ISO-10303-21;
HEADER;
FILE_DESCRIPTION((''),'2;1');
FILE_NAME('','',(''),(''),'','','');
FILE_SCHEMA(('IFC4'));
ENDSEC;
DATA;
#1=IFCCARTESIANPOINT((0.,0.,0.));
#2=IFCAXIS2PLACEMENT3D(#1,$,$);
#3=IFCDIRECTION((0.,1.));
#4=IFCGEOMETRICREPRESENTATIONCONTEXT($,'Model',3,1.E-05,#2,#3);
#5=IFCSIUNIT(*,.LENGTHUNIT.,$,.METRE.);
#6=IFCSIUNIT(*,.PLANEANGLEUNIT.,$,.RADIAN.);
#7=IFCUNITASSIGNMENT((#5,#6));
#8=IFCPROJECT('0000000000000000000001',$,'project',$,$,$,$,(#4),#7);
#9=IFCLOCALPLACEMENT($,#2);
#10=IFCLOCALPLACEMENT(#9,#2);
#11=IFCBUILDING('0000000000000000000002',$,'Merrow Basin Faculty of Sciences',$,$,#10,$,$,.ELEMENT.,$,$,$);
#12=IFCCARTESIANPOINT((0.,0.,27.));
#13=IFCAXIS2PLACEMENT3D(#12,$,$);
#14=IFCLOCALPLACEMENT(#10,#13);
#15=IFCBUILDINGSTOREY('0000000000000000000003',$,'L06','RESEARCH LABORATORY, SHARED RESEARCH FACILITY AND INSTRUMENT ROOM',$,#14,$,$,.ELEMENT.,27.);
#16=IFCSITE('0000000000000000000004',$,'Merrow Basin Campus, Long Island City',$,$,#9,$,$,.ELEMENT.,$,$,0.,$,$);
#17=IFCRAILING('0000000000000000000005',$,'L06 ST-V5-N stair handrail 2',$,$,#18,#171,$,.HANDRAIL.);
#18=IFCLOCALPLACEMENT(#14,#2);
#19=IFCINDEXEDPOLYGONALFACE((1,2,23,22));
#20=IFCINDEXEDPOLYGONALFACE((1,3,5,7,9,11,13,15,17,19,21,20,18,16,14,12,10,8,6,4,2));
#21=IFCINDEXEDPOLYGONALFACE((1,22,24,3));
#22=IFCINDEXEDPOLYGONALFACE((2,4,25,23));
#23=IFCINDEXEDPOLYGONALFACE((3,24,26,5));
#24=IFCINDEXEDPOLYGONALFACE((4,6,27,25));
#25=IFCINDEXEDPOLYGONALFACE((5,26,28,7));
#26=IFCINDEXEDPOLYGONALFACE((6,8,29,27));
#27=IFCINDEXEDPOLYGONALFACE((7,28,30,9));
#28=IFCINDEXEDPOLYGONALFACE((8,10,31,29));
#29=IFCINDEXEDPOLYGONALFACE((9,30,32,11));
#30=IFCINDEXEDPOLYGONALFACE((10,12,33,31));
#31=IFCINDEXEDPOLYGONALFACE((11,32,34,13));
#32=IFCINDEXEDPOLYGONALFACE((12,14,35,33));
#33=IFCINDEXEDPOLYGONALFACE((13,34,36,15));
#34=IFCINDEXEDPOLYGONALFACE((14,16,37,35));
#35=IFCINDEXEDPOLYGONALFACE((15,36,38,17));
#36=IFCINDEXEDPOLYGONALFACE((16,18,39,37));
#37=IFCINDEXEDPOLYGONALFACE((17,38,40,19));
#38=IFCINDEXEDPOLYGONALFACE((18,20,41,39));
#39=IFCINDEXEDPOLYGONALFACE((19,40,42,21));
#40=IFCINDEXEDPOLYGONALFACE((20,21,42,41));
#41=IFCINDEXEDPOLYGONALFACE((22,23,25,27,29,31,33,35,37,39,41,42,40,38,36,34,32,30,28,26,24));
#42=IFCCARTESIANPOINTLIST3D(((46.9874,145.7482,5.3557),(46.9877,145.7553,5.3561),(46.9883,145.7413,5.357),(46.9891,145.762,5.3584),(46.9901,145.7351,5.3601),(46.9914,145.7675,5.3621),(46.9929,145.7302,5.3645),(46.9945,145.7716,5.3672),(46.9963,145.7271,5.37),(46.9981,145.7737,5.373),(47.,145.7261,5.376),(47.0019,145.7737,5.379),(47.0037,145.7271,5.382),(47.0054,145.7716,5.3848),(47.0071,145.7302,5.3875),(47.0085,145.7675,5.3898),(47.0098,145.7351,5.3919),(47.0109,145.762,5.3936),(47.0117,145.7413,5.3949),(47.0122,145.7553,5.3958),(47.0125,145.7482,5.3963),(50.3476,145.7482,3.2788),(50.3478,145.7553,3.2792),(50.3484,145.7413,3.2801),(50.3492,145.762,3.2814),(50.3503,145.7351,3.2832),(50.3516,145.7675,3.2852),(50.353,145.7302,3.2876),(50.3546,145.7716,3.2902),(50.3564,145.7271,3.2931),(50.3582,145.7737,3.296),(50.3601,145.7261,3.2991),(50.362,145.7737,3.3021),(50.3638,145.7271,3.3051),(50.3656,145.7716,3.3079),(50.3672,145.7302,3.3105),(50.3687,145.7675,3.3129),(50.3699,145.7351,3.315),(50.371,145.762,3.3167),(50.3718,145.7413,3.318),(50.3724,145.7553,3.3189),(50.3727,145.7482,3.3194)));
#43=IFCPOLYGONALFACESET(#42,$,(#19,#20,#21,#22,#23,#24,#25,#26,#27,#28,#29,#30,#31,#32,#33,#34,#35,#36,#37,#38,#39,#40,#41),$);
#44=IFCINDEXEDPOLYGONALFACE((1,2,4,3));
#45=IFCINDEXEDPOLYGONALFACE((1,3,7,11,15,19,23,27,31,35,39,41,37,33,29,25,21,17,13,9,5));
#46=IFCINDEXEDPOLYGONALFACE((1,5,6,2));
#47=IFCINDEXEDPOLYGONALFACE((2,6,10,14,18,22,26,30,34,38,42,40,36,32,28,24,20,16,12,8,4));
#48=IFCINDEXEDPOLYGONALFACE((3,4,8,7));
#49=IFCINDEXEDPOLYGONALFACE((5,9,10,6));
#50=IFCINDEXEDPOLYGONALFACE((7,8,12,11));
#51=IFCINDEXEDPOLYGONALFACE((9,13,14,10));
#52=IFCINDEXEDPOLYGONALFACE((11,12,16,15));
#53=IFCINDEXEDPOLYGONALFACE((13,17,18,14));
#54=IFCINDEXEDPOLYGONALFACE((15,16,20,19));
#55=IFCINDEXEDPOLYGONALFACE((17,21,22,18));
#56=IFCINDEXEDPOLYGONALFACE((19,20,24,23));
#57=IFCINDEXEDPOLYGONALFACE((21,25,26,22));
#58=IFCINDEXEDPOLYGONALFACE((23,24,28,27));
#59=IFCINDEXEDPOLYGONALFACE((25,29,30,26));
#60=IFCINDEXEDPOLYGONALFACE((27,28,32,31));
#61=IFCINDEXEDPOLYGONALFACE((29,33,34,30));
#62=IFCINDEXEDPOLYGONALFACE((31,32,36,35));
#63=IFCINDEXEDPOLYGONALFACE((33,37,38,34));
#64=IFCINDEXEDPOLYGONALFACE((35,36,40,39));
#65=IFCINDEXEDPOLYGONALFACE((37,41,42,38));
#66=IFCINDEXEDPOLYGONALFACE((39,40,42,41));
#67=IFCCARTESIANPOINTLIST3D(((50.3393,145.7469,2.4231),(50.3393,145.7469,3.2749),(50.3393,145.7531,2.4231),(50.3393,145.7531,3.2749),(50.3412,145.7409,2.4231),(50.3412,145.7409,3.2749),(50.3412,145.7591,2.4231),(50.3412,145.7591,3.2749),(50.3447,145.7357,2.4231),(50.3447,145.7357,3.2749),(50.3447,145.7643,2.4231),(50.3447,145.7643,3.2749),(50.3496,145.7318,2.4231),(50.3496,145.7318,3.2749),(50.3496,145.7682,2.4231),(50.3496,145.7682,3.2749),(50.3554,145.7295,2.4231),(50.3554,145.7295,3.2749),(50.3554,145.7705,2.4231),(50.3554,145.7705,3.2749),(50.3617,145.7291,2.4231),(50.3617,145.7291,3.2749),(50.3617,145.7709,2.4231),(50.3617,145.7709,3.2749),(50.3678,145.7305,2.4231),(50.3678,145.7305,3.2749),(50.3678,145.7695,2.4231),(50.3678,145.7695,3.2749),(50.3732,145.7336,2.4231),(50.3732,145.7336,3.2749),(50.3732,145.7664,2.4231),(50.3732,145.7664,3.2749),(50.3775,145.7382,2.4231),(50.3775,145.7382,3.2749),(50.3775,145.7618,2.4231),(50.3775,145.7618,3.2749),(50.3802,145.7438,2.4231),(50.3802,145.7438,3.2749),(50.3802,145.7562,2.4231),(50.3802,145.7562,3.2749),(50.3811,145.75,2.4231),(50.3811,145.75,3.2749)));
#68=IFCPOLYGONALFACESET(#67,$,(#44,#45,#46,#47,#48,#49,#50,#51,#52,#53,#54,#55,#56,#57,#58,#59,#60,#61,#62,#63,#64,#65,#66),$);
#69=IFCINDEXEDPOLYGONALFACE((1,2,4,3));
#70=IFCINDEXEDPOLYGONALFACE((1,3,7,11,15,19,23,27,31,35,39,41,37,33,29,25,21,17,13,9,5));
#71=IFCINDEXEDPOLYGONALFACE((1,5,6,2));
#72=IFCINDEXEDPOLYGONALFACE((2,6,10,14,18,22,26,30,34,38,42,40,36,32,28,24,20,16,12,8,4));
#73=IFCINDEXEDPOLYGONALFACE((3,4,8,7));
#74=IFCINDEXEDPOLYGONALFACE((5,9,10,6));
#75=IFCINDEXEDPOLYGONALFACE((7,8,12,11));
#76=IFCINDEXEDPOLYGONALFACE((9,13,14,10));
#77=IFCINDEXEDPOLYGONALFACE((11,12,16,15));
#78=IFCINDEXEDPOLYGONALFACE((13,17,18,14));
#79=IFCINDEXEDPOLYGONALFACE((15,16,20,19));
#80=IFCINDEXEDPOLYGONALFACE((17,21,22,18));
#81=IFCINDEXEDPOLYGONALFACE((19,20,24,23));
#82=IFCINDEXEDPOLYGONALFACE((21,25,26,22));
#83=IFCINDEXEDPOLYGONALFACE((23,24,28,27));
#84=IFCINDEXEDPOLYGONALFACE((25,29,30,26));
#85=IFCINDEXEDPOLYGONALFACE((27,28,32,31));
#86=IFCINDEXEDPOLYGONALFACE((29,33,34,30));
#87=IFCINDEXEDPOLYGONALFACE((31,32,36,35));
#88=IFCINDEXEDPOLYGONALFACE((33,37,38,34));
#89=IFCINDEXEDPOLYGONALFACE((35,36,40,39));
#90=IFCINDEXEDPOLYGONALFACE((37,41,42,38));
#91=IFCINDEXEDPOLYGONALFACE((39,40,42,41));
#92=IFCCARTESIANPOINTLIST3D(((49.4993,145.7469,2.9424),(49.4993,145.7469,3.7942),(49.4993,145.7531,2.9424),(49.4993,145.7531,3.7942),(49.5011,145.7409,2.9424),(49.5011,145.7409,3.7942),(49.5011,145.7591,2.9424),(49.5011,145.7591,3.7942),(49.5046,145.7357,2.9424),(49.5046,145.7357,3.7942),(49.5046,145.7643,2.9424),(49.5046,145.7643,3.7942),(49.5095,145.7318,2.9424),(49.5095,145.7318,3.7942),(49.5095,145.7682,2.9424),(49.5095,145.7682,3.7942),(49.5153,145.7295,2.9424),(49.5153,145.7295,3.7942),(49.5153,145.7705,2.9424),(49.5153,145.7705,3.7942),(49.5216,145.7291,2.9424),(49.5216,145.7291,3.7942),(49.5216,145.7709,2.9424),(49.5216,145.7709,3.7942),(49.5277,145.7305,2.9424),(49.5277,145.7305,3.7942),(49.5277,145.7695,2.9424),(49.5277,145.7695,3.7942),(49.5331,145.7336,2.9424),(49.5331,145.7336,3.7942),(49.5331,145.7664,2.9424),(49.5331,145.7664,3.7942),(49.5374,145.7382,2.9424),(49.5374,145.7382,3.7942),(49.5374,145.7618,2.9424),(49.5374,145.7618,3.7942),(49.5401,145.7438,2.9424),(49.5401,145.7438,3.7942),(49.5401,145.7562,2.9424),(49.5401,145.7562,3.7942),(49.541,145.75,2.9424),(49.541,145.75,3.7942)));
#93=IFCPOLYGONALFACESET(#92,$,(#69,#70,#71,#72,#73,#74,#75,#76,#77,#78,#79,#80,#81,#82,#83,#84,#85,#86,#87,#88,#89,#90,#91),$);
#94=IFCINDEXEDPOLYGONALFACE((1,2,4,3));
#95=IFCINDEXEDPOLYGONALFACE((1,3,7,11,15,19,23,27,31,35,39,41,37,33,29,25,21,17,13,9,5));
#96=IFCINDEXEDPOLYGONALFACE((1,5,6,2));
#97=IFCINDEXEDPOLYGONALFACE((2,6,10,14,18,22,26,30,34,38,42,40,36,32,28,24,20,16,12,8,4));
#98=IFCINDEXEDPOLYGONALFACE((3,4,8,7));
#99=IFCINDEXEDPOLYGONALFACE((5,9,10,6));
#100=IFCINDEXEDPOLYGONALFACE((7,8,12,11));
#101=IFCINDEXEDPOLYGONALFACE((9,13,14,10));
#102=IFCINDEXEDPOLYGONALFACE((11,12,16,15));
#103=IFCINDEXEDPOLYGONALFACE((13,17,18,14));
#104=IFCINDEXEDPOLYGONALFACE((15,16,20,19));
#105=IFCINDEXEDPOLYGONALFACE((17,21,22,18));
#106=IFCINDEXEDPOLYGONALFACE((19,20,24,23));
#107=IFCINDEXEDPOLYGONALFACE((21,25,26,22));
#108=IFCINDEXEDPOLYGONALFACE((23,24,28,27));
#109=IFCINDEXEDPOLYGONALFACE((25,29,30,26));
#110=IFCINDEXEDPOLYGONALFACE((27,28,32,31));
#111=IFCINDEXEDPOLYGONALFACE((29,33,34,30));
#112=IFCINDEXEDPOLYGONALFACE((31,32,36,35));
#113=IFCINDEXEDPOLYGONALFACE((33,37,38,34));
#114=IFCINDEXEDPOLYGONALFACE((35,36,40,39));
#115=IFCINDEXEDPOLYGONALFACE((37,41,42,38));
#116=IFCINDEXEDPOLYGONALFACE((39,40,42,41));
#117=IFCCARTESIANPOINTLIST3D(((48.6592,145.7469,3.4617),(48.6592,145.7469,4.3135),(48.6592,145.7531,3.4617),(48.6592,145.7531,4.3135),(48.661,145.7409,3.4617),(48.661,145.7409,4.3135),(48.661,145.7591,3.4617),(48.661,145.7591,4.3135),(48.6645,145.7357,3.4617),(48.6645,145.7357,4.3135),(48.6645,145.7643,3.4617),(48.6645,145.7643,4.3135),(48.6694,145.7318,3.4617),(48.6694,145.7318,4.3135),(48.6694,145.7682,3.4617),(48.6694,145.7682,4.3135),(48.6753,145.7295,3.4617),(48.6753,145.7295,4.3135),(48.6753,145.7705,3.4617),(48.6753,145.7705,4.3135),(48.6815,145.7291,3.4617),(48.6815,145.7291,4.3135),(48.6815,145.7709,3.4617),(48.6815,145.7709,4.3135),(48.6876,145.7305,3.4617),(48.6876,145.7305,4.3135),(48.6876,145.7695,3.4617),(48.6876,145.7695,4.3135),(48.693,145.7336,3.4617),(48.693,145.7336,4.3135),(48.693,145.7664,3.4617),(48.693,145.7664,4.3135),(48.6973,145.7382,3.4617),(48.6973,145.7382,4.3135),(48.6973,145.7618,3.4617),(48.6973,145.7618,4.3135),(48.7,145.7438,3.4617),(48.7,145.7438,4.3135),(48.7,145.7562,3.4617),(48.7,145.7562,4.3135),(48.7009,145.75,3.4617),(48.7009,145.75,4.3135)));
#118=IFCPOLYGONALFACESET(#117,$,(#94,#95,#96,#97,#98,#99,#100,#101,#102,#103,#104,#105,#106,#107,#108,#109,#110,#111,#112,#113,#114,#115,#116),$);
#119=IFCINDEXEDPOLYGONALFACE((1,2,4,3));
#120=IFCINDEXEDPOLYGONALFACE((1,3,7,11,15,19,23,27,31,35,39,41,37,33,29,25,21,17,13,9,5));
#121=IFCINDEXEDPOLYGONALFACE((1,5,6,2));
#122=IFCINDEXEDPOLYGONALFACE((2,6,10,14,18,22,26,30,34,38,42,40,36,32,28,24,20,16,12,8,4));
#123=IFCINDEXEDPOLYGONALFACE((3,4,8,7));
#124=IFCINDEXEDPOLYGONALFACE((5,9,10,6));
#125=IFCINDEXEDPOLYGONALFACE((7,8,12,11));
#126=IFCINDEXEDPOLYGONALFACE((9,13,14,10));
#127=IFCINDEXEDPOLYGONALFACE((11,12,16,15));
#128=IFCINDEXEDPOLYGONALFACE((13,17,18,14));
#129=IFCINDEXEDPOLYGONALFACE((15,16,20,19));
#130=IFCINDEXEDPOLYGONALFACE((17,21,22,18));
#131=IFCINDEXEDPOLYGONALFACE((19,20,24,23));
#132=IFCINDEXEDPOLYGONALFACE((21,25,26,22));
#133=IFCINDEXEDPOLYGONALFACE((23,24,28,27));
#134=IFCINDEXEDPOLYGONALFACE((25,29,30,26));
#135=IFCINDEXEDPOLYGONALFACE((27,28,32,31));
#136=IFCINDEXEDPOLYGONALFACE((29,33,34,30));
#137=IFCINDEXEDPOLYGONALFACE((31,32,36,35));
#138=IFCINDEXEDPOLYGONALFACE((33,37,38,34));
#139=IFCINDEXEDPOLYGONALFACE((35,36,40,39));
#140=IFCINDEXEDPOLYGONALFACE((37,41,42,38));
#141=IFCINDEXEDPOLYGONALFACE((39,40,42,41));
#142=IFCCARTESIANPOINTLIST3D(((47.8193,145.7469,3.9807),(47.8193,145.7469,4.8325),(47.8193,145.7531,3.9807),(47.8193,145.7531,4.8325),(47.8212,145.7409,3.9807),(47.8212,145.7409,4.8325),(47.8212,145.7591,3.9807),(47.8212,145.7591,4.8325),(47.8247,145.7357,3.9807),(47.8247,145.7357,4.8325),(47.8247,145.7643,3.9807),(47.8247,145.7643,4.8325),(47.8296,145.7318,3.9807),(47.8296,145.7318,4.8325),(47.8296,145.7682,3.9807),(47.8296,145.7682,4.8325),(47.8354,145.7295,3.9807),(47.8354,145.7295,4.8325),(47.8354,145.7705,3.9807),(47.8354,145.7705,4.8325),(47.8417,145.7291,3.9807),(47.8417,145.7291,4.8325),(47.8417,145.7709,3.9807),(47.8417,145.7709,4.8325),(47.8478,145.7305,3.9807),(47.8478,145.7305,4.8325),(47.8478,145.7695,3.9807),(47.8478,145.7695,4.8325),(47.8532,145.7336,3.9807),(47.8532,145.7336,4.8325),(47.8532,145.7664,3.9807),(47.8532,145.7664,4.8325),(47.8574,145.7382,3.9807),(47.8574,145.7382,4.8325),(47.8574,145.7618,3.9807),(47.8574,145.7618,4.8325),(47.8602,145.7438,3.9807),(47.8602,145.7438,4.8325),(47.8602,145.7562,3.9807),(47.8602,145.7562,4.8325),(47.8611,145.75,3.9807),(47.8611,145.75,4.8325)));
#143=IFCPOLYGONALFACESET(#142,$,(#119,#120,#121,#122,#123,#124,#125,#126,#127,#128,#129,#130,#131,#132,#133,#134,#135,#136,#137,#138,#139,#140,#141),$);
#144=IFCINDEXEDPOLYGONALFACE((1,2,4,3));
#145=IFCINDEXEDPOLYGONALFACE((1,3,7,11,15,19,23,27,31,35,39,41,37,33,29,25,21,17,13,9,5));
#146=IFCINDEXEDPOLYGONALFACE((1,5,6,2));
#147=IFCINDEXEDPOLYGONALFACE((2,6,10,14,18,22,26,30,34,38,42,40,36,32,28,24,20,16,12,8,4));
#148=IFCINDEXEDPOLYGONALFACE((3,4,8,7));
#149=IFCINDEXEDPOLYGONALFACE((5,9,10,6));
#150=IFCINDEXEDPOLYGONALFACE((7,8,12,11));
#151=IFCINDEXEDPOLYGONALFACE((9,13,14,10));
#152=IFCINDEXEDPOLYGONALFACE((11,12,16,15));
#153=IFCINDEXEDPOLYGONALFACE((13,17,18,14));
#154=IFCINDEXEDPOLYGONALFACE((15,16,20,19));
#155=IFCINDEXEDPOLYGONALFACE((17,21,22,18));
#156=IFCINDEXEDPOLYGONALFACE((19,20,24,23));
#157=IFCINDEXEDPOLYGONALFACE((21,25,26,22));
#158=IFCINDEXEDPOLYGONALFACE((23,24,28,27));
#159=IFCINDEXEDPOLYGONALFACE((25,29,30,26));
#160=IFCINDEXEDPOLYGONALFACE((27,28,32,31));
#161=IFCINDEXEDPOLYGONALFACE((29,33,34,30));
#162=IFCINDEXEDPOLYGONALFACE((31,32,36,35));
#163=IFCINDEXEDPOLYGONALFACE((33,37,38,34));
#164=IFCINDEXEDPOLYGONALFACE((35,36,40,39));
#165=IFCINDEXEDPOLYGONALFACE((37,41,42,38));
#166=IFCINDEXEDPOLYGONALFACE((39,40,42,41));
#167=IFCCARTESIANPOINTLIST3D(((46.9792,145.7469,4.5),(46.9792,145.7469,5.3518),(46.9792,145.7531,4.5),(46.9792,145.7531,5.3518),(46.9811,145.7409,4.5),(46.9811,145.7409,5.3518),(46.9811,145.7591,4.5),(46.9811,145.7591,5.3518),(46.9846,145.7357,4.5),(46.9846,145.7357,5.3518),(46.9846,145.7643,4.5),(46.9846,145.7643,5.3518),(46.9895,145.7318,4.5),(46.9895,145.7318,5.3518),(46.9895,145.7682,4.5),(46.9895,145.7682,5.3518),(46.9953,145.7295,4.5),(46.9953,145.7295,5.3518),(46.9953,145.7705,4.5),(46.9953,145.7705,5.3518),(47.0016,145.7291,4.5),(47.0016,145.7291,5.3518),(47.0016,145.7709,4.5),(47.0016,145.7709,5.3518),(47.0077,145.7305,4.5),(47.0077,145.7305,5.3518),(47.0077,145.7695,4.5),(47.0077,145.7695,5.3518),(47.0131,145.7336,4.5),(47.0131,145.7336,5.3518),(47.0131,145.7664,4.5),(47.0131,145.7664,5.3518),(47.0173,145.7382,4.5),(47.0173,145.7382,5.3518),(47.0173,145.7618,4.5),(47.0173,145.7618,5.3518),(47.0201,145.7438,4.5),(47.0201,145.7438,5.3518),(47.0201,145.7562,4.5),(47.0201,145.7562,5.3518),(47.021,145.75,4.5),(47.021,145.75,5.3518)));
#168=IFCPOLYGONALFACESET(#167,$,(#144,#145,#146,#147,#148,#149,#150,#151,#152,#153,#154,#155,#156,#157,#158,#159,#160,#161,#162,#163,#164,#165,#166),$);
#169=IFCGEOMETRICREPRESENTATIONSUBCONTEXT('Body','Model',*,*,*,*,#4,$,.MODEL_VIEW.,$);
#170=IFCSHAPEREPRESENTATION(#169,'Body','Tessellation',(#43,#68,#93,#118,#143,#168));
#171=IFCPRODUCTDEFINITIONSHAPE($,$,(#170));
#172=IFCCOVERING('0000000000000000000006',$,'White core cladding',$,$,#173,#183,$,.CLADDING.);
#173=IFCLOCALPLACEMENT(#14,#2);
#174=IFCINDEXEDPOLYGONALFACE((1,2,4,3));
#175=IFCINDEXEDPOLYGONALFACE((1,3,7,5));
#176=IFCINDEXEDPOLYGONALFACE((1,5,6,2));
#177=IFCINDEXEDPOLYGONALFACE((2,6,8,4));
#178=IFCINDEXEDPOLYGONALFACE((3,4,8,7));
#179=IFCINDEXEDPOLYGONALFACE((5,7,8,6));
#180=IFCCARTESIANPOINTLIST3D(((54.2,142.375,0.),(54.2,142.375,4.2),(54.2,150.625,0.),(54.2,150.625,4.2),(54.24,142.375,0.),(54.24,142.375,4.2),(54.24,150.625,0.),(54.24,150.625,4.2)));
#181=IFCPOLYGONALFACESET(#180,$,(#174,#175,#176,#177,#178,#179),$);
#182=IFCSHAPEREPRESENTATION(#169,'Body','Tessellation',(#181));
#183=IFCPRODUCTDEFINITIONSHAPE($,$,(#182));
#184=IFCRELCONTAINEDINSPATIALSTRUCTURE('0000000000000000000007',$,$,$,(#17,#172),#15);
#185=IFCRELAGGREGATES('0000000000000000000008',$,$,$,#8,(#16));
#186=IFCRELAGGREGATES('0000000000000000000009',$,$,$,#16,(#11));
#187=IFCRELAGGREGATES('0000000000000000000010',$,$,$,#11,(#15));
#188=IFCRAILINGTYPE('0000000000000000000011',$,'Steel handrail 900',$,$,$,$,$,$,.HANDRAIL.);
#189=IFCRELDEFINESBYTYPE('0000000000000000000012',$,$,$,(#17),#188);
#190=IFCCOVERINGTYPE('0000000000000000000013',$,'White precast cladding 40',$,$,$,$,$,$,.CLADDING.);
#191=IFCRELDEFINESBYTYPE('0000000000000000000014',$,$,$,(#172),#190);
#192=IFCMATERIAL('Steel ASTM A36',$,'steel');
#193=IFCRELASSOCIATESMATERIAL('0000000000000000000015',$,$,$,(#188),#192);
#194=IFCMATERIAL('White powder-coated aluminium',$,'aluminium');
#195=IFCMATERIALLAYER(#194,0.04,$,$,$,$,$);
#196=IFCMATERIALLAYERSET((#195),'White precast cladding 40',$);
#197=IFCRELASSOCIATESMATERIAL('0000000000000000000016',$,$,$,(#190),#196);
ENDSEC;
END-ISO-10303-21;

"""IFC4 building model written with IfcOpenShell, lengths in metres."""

from ifc_helpers import new_model, si_unit, direction, frame, origin, origin_2d, place, context, subcontext, project, spatial, rectangle, circle, extrude, material, layer, layer_set, type_object, element, save


model = new_model("IFC4")

# Units and contexts
model_context = context("Model", 3, precision=1e-05, world=origin(), true_north=direction((0.0, 1.0)))
body_context = subcontext(model_context, "Body", "Model", "MODEL_VIEW")
ifc_project = project(units=[si_unit("LENGTHUNIT", "METRE"), si_unit("PLANEANGLEUNIT", "RADIAN")], contexts=[model_context])

# Site, building, storey
site_placement = place(None, origin())
site = spatial("IfcSite", under=ifc_project, at=site_placement, Name="Merrow Basin Campus, Long Island City", CompositionType="ELEMENT", RefElevation=0.0)
building_placement = place(site_placement, origin())
building = spatial("IfcBuilding", under=site, at=building_placement, Name="Merrow Basin Faculty of Sciences", CompositionType="ELEMENT")
storey_placement = place(building_placement, frame((0.0, 0.0, 27.0)))
storey = spatial("IfcBuildingStorey", under=building, at=storey_placement, Name="L06", Description="RESEARCH LABORATORY, SHARED RESEARCH FACILITY AND INSTRUMENT ROOM", CompositionType="ELEMENT", Elevation=27.0)

# Railing
ifc_material_1 = material(Name="Steel ASTM A36", Category="steel")
railing_type_1 = type_object("IfcRailingType", Name="Steel handrail 900", PredefinedType="HANDRAIL", material=ifc_material_1)
railing_1_placement = place(storey_placement, frame((50.3601, 145.75, 2.4231)))
element("IfcRailing", 1, at=railing_1_placement, inside=storey, type_object=railing_type_1, Name="L06 ST-V5-N stair handrail 2", PredefinedType="HANDRAIL", context=body_context, shape_type="SweptSolid", body=[
    extrude(circle(Radius=0.0239, at=origin_2d()), frame((0.0, 0.0, 0.876), z_axis=(-0.850623, 0.0, 0.525776), x_axis=(0.0, -1.0, 0.0)), (0.0, 0.0, 1.0), 3.9502),
    extrude(circle(Radius=0.021, at=origin_2d()), origin(), (0.0, 0.0, 1.0), 0.8518),
    extrude(circle(Radius=0.021, at=origin_2d()), frame((-0.8401, 0.0, 0.5193)), (0.0, 0.0, 1.0), 0.8518),
    extrude(circle(Radius=0.021, at=origin_2d()), frame((-1.6802, 0.0, 1.0386)), (0.0, 0.0, 1.0), 0.8518),
    extrude(circle(Radius=0.021, at=origin_2d()), frame((-2.52, 0.0, 1.5576)), (0.0, 0.0, 1.0), 0.8518),
    extrude(circle(Radius=0.021, at=origin_2d()), frame((-3.3601, 0.0, 2.0769)), (0.0, 0.0, 1.0), 0.8518),
])

# Covering
ifc_material_2 = material(Name="White powder-coated aluminium", Category="aluminium")
ifc_layer_1 = layer(ifc_material_2, 0.04)
ifc_layer_set_1 = layer_set([ifc_layer_1], Name="White precast cladding 40")
covering_type = type_object("IfcCoveringType", Name="White precast cladding 40", PredefinedType="CLADDING", material=ifc_layer_set_1)
covering_placement = place(storey_placement, frame((54.22, 146.5, 0.0), z_axis=(0.0, 0.0, 1.0), x_axis=(1.0, 0.0, 0.0)))
element("IfcCovering", 2, at=covering_placement, inside=storey, type_object=covering_type, Name="White core cladding", PredefinedType="CLADDING", context=body_context, shape_type="SweptSolid", body=[
    extrude(rectangle(XDim=0.04, YDim=8.25, at=origin_2d()), origin(), (0.0, 0.0, 1.0), 4.2),
])

save(model, "model.ifc")
